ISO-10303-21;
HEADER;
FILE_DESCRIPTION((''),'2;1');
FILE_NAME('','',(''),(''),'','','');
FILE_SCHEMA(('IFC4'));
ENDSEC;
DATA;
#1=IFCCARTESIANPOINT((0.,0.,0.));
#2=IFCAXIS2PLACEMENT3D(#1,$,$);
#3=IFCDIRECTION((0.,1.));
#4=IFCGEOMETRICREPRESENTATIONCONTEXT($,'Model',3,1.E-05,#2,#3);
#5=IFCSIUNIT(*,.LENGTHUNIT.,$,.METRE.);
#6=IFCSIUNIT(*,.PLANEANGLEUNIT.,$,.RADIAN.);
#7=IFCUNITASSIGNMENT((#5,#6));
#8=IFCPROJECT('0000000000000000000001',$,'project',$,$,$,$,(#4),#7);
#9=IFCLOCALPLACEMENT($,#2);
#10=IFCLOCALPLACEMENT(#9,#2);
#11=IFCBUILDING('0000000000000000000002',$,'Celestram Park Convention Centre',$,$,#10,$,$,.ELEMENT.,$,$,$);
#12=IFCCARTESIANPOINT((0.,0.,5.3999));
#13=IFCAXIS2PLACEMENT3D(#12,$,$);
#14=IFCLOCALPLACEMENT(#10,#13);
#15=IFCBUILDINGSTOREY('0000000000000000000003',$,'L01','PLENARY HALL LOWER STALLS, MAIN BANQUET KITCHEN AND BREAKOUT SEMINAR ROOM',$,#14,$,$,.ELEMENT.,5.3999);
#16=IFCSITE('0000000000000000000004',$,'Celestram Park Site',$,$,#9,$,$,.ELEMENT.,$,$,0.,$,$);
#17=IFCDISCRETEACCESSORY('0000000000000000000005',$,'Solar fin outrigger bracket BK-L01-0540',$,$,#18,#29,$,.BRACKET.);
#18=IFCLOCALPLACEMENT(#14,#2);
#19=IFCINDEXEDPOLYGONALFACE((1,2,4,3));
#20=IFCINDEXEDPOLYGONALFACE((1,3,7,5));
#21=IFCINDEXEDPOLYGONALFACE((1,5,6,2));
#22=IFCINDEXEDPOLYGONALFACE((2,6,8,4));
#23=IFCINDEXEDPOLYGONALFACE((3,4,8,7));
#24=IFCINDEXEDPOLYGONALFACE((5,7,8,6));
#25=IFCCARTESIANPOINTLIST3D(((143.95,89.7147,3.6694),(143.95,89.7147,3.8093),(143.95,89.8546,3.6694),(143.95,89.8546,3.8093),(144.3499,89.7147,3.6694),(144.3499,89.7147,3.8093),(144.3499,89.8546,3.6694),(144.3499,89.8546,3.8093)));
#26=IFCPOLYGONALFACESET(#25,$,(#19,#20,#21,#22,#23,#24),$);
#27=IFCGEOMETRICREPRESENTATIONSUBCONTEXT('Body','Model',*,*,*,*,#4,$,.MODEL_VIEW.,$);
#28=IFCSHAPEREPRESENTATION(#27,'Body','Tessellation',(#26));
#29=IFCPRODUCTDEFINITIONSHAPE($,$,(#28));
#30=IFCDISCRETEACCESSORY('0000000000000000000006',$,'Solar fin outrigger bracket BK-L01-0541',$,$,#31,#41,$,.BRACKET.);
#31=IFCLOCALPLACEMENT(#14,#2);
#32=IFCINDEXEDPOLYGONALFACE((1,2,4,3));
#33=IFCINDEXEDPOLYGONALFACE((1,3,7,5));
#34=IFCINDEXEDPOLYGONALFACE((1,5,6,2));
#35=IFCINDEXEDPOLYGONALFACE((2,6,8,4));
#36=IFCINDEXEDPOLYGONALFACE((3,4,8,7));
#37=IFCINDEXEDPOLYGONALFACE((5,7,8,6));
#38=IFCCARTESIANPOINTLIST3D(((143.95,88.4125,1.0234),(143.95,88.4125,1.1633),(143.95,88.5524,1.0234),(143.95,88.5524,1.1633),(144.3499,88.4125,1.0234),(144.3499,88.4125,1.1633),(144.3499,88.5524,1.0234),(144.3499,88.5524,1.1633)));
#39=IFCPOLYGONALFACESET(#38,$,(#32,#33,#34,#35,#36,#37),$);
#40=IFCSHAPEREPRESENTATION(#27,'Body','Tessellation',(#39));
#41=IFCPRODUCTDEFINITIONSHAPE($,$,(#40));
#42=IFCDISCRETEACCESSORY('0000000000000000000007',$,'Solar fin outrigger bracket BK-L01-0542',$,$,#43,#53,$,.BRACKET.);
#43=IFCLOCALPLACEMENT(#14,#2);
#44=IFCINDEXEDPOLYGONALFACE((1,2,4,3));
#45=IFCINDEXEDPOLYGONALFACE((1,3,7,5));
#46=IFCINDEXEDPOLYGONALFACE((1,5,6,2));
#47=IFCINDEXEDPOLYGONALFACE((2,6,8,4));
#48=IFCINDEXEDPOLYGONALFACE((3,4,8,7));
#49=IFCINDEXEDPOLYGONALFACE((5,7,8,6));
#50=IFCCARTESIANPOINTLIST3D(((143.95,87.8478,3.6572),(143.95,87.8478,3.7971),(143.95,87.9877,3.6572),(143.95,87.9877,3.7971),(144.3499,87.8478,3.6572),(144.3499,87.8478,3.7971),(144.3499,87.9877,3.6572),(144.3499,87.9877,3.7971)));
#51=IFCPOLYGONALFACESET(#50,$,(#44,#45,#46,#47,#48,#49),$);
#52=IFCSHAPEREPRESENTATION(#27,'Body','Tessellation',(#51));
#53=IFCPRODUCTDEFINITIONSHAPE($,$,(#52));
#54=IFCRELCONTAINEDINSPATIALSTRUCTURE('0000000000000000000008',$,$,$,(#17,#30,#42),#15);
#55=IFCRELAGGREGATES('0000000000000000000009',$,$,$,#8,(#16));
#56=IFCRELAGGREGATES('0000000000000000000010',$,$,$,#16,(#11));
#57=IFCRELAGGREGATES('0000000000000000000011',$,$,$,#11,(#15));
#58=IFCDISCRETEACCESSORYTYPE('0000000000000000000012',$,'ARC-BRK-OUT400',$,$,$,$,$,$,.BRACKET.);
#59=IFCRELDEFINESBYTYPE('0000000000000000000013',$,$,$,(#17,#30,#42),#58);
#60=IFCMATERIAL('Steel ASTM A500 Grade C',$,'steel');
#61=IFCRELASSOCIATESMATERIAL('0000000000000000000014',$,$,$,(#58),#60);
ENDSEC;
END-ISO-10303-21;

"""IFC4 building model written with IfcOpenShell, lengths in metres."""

from ifc_helpers import new_model, si_unit, direction, frame, origin, origin_2d, place, context, subcontext, project, spatial, rectangle, extrude, material, type_object, element, save


model = new_model("IFC4")

# Units and contexts
model_context = context("Model", 3, precision=1e-05, world=origin(), true_north=direction((0.0, 1.0)))
body_context = subcontext(model_context, "Body", "Model", "MODEL_VIEW")
ifc_project = project(units=[si_unit("LENGTHUNIT", "METRE"), si_unit("PLANEANGLEUNIT", "RADIAN")], contexts=[model_context])

# Site, building, storey
site_placement = place(None, origin())
site = spatial("IfcSite", under=ifc_project, at=site_placement, Name="Celestram Park Site", CompositionType="ELEMENT", RefElevation=0.0)
building_placement = place(site_placement, origin())
building = spatial("IfcBuilding", under=site, at=building_placement, Name="Celestram Park Convention Centre", CompositionType="ELEMENT")
storey_placement = place(building_placement, frame((0.0, 0.0, 5.3999)))
storey = spatial("IfcBuildingStorey", under=building, at=storey_placement, Name="L01", Description="PLENARY HALL LOWER STALLS, MAIN BANQUET KITCHEN AND BREAKOUT SEMINAR ROOM", CompositionType="ELEMENT", Elevation=5.3999)

# Shared definitions
ifc_material_1 = material(Name="Steel ASTM A500 Grade C", Category="steel")

# Discrete accessories
discrete_accessory_type = type_object("IfcDiscreteAccessoryType", Name="ARC-BRK-OUT400", PredefinedType="BRACKET", material=ifc_material_1)
for number, where, z_axis, x_axis, name in (
    (1, (144.1499, 89.7847, 3.6694), (0.0, 0.0, 1.0), (1.0, 0.0, 0.0), "Solar fin outrigger bracket BK-L01-0540"),
    (2, (144.1499, 88.4824, 1.0234), (0.0, 0.0, 1.0), (1.0, 0.0, 0.0), "Solar fin outrigger bracket BK-L01-0541"),
    (3, (144.1499, 87.9177, 3.6572), (0.0, 0.0, 1.0), (1.0, 0.0, 0.0), "Solar fin outrigger bracket BK-L01-0542"),
):
    element("IfcDiscreteAccessory", number, at=place(storey_placement, frame(where, z_axis=z_axis, x_axis=x_axis)), inside=storey, type_object=discrete_accessory_type, Name=name, PredefinedType="BRACKET", context=body_context, shape_type="SweptSolid", body=[
        extrude(rectangle(XDim=0.3999, YDim=0.1399, at=origin_2d()), origin(), (0.0, 0.0, 1.0), 0.1399),
    ])

save(model, "model.ifc")
